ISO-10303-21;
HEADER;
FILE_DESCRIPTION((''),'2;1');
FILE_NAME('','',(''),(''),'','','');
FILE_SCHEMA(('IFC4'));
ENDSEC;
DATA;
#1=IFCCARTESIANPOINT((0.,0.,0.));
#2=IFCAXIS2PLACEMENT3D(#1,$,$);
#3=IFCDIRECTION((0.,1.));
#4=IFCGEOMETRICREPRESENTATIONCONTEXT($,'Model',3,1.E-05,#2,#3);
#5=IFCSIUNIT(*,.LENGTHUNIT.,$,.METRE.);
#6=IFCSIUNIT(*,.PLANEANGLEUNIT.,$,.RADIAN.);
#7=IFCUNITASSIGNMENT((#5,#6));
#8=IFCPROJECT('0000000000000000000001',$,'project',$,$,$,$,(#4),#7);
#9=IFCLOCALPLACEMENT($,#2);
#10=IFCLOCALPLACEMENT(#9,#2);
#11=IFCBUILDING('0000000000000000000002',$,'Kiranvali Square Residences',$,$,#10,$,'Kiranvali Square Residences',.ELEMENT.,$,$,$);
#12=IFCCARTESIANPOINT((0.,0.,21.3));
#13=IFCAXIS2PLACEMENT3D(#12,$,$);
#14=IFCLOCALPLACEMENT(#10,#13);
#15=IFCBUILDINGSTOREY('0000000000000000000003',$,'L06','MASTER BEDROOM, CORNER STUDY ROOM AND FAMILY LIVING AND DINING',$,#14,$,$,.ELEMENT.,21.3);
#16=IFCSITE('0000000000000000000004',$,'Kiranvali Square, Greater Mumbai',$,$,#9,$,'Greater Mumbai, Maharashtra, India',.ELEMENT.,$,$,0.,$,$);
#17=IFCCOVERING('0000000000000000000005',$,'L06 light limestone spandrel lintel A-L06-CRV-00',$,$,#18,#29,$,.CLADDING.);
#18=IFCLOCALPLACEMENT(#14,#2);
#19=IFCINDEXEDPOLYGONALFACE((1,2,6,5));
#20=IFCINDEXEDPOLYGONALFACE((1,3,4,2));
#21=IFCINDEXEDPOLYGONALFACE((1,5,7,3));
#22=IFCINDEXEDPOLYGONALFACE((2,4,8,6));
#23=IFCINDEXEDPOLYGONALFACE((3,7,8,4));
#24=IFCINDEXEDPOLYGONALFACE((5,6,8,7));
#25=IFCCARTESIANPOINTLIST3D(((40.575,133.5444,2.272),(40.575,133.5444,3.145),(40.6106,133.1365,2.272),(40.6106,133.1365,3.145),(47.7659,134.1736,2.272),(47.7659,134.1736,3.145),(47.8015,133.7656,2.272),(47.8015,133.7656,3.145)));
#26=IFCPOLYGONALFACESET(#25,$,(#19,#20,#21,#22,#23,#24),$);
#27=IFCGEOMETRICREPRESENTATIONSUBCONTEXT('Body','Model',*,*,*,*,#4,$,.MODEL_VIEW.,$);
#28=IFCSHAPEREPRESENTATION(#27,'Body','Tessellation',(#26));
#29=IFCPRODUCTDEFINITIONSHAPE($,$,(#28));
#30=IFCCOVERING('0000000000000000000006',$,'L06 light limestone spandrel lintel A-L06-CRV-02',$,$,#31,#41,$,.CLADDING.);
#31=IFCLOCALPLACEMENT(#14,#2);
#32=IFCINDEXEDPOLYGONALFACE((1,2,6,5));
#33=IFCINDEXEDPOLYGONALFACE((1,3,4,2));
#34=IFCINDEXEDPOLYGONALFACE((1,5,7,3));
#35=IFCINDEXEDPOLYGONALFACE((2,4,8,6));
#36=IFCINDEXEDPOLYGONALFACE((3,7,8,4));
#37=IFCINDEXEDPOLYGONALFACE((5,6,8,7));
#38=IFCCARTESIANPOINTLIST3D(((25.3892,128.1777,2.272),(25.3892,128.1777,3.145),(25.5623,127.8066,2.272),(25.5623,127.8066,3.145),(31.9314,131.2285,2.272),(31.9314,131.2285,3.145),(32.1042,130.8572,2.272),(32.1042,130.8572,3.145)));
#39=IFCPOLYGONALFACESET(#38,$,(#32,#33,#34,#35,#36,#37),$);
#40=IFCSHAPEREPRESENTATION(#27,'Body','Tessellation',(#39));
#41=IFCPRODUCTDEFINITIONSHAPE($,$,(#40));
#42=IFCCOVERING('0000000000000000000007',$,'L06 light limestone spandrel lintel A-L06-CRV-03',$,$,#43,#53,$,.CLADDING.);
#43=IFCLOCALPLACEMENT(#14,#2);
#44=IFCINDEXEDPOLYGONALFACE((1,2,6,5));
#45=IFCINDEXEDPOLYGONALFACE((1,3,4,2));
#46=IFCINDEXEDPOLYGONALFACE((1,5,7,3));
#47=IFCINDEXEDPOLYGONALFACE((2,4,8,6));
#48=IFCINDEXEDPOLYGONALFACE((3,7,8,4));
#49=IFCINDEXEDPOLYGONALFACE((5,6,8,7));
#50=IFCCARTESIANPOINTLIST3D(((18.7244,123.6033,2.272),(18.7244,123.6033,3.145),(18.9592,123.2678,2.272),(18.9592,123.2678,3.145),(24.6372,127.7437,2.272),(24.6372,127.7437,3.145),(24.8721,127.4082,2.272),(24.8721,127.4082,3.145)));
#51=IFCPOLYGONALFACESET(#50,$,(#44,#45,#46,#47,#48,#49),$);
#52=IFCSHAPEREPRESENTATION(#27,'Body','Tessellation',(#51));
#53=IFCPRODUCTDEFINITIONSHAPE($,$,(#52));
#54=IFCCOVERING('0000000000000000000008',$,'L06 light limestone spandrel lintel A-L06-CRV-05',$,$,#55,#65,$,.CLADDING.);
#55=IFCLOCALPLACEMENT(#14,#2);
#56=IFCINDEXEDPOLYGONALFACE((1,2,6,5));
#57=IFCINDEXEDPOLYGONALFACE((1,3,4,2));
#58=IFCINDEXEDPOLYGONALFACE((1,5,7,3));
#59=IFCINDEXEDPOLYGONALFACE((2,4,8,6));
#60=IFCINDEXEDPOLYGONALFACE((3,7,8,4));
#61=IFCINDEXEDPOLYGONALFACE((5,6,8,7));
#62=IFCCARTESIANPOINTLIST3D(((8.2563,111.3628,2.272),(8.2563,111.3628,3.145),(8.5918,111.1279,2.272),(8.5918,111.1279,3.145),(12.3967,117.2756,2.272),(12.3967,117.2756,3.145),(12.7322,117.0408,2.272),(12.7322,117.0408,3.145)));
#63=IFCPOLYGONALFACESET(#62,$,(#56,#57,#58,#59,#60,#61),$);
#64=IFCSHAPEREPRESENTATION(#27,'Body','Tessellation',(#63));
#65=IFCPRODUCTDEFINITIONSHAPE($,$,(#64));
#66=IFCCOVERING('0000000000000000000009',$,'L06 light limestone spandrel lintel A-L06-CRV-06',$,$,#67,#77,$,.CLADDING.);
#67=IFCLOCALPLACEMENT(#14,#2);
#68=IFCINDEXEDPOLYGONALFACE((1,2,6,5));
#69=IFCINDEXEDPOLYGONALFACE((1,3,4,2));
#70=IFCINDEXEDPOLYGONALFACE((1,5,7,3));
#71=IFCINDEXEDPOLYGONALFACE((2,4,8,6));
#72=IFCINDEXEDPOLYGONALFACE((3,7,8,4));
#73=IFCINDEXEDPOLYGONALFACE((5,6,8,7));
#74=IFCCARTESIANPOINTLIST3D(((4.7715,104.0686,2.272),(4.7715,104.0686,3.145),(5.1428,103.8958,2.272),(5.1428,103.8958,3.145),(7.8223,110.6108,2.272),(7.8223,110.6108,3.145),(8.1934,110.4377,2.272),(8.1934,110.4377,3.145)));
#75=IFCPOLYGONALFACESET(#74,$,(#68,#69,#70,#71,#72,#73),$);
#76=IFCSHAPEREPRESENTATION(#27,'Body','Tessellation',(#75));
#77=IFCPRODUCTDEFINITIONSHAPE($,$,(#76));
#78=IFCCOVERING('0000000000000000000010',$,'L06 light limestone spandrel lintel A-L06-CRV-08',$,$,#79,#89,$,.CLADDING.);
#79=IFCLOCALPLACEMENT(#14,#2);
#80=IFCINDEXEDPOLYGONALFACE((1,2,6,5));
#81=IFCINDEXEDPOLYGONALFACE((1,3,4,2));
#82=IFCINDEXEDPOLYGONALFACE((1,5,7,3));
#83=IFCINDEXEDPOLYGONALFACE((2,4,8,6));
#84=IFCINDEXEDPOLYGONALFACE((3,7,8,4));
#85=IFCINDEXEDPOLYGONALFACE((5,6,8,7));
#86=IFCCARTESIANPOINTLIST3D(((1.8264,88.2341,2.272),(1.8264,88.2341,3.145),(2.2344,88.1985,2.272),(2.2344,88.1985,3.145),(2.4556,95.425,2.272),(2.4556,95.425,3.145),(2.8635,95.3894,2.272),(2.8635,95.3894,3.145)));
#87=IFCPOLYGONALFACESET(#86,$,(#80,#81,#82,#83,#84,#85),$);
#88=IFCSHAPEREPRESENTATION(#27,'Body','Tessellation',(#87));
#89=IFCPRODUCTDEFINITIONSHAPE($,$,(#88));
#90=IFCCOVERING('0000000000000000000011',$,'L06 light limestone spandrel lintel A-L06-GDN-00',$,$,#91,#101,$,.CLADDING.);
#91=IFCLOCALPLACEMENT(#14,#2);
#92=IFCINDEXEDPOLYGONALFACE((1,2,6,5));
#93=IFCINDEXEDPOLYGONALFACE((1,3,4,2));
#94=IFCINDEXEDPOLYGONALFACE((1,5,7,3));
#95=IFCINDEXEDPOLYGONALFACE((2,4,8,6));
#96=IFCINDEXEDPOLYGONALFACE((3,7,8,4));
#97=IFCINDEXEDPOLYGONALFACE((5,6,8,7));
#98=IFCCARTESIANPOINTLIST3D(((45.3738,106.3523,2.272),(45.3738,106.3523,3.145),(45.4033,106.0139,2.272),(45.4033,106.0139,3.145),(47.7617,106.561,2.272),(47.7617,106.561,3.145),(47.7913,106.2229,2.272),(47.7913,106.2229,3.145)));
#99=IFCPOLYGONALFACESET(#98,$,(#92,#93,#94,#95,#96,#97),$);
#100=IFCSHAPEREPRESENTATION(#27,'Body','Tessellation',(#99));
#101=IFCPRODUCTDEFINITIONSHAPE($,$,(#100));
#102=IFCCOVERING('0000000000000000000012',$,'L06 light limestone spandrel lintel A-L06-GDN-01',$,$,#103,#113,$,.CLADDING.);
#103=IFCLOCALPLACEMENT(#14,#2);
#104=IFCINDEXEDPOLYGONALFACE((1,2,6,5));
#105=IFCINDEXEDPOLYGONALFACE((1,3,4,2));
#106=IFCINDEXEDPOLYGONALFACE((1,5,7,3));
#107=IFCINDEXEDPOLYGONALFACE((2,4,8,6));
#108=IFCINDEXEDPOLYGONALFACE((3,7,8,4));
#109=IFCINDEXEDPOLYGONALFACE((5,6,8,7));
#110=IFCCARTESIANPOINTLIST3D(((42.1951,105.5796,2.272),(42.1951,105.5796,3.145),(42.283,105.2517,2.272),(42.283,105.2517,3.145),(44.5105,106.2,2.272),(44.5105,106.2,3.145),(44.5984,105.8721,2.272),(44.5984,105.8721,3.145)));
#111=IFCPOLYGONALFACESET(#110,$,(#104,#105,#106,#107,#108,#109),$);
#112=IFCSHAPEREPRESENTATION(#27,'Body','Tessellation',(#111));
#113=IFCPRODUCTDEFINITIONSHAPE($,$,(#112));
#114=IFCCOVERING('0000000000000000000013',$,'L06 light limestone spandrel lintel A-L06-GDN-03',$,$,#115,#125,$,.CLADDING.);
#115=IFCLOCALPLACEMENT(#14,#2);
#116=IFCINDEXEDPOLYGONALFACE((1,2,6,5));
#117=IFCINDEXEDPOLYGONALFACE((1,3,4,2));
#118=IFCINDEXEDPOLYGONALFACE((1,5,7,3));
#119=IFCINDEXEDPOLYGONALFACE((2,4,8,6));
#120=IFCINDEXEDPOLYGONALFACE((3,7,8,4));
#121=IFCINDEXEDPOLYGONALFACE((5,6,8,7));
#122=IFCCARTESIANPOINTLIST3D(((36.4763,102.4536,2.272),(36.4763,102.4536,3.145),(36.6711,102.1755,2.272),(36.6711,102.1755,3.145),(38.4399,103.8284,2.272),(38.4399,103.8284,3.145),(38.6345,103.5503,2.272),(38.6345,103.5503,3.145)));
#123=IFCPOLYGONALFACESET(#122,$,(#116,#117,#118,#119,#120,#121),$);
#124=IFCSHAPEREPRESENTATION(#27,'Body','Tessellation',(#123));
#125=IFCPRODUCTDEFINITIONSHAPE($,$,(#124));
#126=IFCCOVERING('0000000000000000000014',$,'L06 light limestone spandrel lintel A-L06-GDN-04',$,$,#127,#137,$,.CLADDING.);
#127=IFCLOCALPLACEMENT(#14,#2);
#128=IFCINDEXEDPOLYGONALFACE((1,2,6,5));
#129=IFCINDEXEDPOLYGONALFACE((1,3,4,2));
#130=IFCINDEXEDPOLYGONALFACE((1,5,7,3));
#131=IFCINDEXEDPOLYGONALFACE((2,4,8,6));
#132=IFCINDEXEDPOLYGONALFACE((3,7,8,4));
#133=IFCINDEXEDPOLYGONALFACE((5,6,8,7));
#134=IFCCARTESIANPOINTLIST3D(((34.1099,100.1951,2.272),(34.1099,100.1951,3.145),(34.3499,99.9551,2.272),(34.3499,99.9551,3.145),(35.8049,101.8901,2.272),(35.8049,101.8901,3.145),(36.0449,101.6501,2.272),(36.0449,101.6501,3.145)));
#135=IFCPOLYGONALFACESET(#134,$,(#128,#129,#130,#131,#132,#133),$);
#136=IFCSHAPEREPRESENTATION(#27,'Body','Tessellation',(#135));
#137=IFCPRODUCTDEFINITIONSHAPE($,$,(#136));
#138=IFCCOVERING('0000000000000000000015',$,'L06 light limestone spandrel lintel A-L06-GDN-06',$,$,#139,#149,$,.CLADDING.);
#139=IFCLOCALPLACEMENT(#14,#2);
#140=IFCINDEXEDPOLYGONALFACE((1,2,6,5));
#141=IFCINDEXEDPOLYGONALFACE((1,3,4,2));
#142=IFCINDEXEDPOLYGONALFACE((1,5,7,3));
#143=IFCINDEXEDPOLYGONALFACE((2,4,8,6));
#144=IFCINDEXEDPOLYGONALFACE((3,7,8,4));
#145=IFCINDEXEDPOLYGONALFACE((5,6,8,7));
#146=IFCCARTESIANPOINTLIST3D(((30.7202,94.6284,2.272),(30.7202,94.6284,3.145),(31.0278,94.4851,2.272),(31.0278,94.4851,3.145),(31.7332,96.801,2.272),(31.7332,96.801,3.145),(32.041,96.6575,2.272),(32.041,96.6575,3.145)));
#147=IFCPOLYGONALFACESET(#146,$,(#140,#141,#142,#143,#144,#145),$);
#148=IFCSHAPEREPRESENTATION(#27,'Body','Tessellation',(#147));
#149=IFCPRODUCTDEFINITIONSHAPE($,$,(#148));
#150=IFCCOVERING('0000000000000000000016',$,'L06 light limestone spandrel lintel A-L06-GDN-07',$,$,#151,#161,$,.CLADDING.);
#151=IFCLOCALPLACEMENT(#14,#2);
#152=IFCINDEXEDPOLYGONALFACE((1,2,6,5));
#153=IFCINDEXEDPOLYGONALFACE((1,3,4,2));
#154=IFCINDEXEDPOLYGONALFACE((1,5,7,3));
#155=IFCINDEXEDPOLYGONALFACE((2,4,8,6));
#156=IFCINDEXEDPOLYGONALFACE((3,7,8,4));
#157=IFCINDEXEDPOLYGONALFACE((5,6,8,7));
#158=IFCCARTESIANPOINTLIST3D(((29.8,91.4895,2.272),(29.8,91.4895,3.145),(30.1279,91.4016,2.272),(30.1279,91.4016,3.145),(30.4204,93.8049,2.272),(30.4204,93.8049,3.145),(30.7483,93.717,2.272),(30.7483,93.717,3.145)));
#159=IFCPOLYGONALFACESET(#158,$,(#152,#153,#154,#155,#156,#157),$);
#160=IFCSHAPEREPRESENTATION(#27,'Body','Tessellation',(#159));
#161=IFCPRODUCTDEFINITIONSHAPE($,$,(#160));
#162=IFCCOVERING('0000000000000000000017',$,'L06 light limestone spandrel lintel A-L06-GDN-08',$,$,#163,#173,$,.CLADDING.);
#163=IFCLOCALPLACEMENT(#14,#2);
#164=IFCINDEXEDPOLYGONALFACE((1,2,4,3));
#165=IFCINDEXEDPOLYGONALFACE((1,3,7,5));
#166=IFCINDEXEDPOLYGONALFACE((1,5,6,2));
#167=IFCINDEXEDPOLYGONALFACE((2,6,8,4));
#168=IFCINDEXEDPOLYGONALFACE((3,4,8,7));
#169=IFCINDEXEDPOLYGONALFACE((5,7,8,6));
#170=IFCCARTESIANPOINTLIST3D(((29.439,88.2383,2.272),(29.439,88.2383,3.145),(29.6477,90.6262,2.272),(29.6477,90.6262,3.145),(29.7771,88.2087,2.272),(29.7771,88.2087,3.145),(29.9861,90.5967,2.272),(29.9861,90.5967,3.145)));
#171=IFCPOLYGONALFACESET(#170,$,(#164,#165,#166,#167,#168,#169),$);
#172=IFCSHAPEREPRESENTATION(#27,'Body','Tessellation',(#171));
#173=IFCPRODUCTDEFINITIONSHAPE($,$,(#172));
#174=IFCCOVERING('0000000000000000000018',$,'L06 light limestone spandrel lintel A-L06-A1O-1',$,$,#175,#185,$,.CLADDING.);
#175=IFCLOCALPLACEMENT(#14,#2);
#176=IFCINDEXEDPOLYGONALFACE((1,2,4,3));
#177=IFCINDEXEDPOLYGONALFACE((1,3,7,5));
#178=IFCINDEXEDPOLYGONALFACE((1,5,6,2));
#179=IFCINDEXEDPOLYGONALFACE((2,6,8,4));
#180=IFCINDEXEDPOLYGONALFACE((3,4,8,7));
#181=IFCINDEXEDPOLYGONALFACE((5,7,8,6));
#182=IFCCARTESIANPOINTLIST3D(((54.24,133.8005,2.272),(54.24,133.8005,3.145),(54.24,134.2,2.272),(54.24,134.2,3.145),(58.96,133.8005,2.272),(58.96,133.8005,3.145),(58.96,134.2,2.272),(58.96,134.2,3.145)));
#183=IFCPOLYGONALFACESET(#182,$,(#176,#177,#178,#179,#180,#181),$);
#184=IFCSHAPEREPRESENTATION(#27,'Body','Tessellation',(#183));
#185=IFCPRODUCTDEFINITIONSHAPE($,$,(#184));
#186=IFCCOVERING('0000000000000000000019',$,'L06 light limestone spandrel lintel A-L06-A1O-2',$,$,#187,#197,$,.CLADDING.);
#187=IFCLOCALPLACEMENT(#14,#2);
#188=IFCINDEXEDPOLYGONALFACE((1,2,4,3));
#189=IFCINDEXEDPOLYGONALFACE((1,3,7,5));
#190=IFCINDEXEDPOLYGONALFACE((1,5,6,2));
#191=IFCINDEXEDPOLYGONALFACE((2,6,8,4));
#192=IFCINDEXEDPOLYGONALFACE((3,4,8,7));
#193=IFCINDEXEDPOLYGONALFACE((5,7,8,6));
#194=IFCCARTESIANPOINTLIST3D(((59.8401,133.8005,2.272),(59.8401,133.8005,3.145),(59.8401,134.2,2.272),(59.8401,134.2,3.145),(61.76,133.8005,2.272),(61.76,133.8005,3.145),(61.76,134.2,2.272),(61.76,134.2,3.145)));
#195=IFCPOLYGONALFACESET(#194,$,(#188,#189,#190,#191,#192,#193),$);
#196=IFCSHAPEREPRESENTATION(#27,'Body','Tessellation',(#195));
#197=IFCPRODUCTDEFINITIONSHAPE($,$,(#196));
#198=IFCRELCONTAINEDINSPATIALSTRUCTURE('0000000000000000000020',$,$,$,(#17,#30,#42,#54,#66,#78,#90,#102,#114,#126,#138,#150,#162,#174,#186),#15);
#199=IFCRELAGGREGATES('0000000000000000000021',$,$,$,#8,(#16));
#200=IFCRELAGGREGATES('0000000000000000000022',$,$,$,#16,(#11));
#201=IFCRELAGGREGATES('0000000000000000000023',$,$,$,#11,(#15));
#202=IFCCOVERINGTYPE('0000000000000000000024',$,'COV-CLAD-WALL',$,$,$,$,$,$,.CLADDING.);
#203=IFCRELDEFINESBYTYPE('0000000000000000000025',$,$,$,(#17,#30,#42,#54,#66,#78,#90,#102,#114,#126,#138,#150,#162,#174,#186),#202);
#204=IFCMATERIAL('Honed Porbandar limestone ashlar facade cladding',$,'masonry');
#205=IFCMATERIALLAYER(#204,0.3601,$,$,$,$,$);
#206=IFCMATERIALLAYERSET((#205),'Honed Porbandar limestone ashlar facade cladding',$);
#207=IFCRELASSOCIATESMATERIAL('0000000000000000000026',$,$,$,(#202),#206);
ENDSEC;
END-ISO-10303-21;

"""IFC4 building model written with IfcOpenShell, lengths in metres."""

from ifc_helpers import new_model, si_unit, direction, frame, origin, place, context, subcontext, project, spatial, polyline, outline, extrude, material, layer, layer_set, type_object, element, save


model = new_model("IFC4")

# Units and contexts
model_context = context("Model", 3, precision=1e-05, world=origin(), true_north=direction((0.0, 1.0)))
body_context = subcontext(model_context, "Body", "Model", "MODEL_VIEW")
ifc_project = project(units=[si_unit("LENGTHUNIT", "METRE"), si_unit("PLANEANGLEUNIT", "RADIAN")], contexts=[model_context])

# Site, building, storey
site_placement = place(None, origin())
site = spatial("IfcSite", under=ifc_project, at=site_placement, Name="Kiranvali Square, Greater Mumbai", LongName="Greater Mumbai, Maharashtra, India", CompositionType="ELEMENT", RefElevation=0.0)
building_placement = place(site_placement, origin())
building = spatial("IfcBuilding", under=site, at=building_placement, Name="Kiranvali Square Residences", LongName="Kiranvali Square Residences", CompositionType="ELEMENT")
storey_placement = place(building_placement, frame((0.0, 0.0, 21.3)))
storey = spatial("IfcBuildingStorey", under=building, at=storey_placement, Name="L06", Description="MASTER BEDROOM, CORNER STUDY ROOM AND FAMILY LIVING AND DINING", CompositionType="ELEMENT", Elevation=21.3)

# Coverings
ifc_material = material(Name="Honed Porbandar limestone ashlar facade cladding", Category="masonry")
ifc_layer = layer(ifc_material, 0.3601)
ifc_layer_set = layer_set([ifc_layer], Name="Honed Porbandar limestone ashlar facade cladding")
covering_type = type_object("IfcCoveringType", Name="COV-CLAD-WALL", PredefinedType="CLADDING", material=ifc_layer_set)
covering_1_placement = place(storey_placement, frame((0.0, 0.0, 2.272)))
element("IfcCovering", 1, at=covering_1_placement, inside=storey, type_object=covering_type, Name="L06 light limestone spandrel lintel A-L06-CRV-00", PredefinedType="CLADDING", context=body_context, shape_type="SweptSolid", body=[
    extrude(outline(polyline([(47.7659, 134.1736), (40.575, 133.5444), (40.6106, 133.1365), (47.8015, 133.7656), (47.7659, 134.1736)])), origin(), (0.0, 0.0, 1.0), 0.873),
])
covering_2_placement = place(storey_placement, frame((0.0, 0.0, 2.272)))
element("IfcCovering", 2, at=covering_2_placement, inside=storey, type_object=covering_type, Name="L06 light limestone spandrel lintel A-L06-CRV-02", PredefinedType="CLADDING", context=body_context, shape_type="SweptSolid", body=[
    extrude(outline(polyline([(31.9314, 131.2285), (25.3892, 128.1777), (25.5623, 127.8066), (32.1042, 130.8572), (31.9314, 131.2285)])), origin(), (0.0, 0.0, 1.0), 0.873),
])
covering_3_placement = place(storey_placement, frame((0.0, 0.0, 2.272)))
element("IfcCovering", 3, at=covering_3_placement, inside=storey, type_object=covering_type, Name="L06 light limestone spandrel lintel A-L06-CRV-03", PredefinedType="CLADDING", context=body_context, shape_type="SweptSolid", body=[
    extrude(outline(polyline([(24.6372, 127.7437), (18.7244, 123.6033), (18.9592, 123.2678), (24.8721, 127.4082), (24.6372, 127.7437)])), origin(), (0.0, 0.0, 1.0), 0.873),
])
covering_4_placement = place(storey_placement, frame((0.0, 0.0, 2.272)))
element("IfcCovering", 4, at=covering_4_placement, inside=storey, type_object=covering_type, Name="L06 light limestone spandrel lintel A-L06-CRV-05", PredefinedType="CLADDING", context=body_context, shape_type="SweptSolid", body=[
    extrude(outline(polyline([(12.3967, 117.2756), (8.2563, 111.3628), (8.5918, 111.1279), (12.7322, 117.0408), (12.3967, 117.2756)])), origin(), (0.0, 0.0, 1.0), 0.873),
])
covering_5_placement = place(storey_placement, frame((0.0, 0.0, 2.272)))
element("IfcCovering", 5, at=covering_5_placement, inside=storey, type_object=covering_type, Name="L06 light limestone spandrel lintel A-L06-CRV-06", PredefinedType="CLADDING", context=body_context, shape_type="SweptSolid", body=[
    extrude(outline(polyline([(7.8223, 110.6108), (4.7715, 104.0686), (5.1428, 103.8958), (8.1934, 110.4377), (7.8223, 110.6108)])), origin(), (0.0, 0.0, 1.0), 0.873),
])
covering_6_placement = place(storey_placement, frame((0.0, 0.0, 2.272)))
element("IfcCovering", 6, at=covering_6_placement, inside=storey, type_object=covering_type, Name="L06 light limestone spandrel lintel A-L06-CRV-08", PredefinedType="CLADDING", context=body_context, shape_type="SweptSolid", body=[
    extrude(outline(polyline([(2.4556, 95.425), (1.8264, 88.2341), (2.2344, 88.1985), (2.8635, 95.3894), (2.4556, 95.425)])), origin(), (0.0, 0.0, 1.0), 0.873),
])
covering_7_placement = place(storey_placement, frame((0.0, 0.0, 2.272)))
element("IfcCovering", 7, at=covering_7_placement, inside=storey, type_object=covering_type, Name="L06 light limestone spandrel lintel A-L06-GDN-00", PredefinedType="CLADDING", context=body_context, shape_type="SweptSolid", body=[
    extrude(outline(polyline([(47.7617, 106.561), (45.3738, 106.3523), (45.4033, 106.0139), (47.7913, 106.2229), (47.7617, 106.561)])), origin(), (0.0, 0.0, 1.0), 0.873),
])
covering_8_placement = place(storey_placement, frame((0.0, 0.0, 2.272)))
element("IfcCovering", 8, at=covering_8_placement, inside=storey, type_object=covering_type, Name="L06 light limestone spandrel lintel A-L06-GDN-01", PredefinedType="CLADDING", context=body_context, shape_type="SweptSolid", body=[
    extrude(outline(polyline([(44.5105, 106.2), (42.1951, 105.5796), (42.283, 105.2517), (44.5984, 105.8721), (44.5105, 106.2)])), origin(), (0.0, 0.0, 1.0), 0.873),
])
covering_9_placement = place(storey_placement, frame((0.0, 0.0, 2.272)))
element("IfcCovering", 9, at=covering_9_placement, inside=storey, type_object=covering_type, Name="L06 light limestone spandrel lintel A-L06-GDN-03", PredefinedType="CLADDING", context=body_context, shape_type="SweptSolid", body=[
    extrude(outline(polyline([(38.4399, 103.8284), (36.4763, 102.4536), (36.6711, 102.1755), (38.6345, 103.5503), (38.4399, 103.8284)])), origin(), (0.0, 0.0, 1.0), 0.873),
])
covering_10_placement = place(storey_placement, frame((0.0, 0.0, 2.272)))
element("IfcCovering", 10, at=covering_10_placement, inside=storey, type_object=covering_type, Name="L06 light limestone spandrel lintel A-L06-GDN-04", PredefinedType="CLADDING", context=body_context, shape_type="SweptSolid", body=[
    extrude(outline(polyline([(35.8049, 101.8901), (34.1099, 100.1951), (34.3499, 99.9551), (36.0449, 101.6501), (35.8049, 101.8901)])), origin(), (0.0, 0.0, 1.0), 0.873),
])
covering_11_placement = place(storey_placement, frame((0.0, 0.0, 2.272)))
element("IfcCovering", 11, at=covering_11_placement, inside=storey, type_object=covering_type, Name="L06 light limestone spandrel lintel A-L06-GDN-06", PredefinedType="CLADDING", context=body_context, shape_type="SweptSolid", body=[
    extrude(outline(polyline([(31.7332, 96.801), (30.7202, 94.6284), (31.0278, 94.4851), (32.041, 96.6575), (31.7332, 96.801)])), origin(), (0.0, 0.0, 1.0), 0.873),
])
covering_12_placement = place(storey_placement, frame((0.0, 0.0, 2.272)))
element("IfcCovering", 12, at=covering_12_placement, inside=storey, type_object=covering_type, Name="L06 light limestone spandrel lintel A-L06-GDN-07", PredefinedType="CLADDING", context=body_context, shape_type="SweptSolid", body=[
    extrude(outline(polyline([(30.4204, 93.8049), (29.8, 91.4895), (30.1279, 91.4016), (30.7483, 93.717), (30.4204, 93.8049)])), origin(), (0.0, 0.0, 1.0), 0.873),
])
covering_13_placement = place(storey_placement, frame((0.0, 0.0, 2.272)))
element("IfcCovering", 13, at=covering_13_placement, inside=storey, type_object=covering_type, Name="L06 light limestone spandrel lintel A-L06-GDN-08", PredefinedType="CLADDING", context=body_context, shape_type="SweptSolid", body=[
    extrude(outline(polyline([(29.6477, 90.6262), (29.439, 88.2383), (29.7771, 88.2087), (29.9861, 90.5967), (29.6477, 90.6262)])), origin(), (0.0, 0.0, 1.0), 0.873),
])
covering_14_placement = place(storey_placement, frame((0.0, 0.0, 2.272)))
element("IfcCovering", 14, at=covering_14_placement, inside=storey, type_object=covering_type, Name="L06 light limestone spandrel lintel A-L06-A1O-1", PredefinedType="CLADDING", context=body_context, shape_type="SweptSolid", body=[
    extrude(outline(polyline([(54.24, 133.8005), (58.96, 133.8005), (58.96, 134.2), (54.24, 134.2), (54.24, 133.8005)])), origin(), (0.0, 0.0, 1.0), 0.873),
])
covering_15_placement = place(storey_placement, frame((0.0, 0.0, 2.272)))
element("IfcCovering", 15, at=covering_15_placement, inside=storey, type_object=covering_type, Name="L06 light limestone spandrel lintel A-L06-A1O-2", PredefinedType="CLADDING", context=body_context, shape_type="SweptSolid", body=[
    extrude(outline(polyline([(59.8401, 133.8005), (61.76, 133.8005), (61.76, 134.2), (59.8401, 134.2), (59.8401, 133.8005)])), origin(), (0.0, 0.0, 1.0), 0.873),
])

save(model, "model.ifc")
